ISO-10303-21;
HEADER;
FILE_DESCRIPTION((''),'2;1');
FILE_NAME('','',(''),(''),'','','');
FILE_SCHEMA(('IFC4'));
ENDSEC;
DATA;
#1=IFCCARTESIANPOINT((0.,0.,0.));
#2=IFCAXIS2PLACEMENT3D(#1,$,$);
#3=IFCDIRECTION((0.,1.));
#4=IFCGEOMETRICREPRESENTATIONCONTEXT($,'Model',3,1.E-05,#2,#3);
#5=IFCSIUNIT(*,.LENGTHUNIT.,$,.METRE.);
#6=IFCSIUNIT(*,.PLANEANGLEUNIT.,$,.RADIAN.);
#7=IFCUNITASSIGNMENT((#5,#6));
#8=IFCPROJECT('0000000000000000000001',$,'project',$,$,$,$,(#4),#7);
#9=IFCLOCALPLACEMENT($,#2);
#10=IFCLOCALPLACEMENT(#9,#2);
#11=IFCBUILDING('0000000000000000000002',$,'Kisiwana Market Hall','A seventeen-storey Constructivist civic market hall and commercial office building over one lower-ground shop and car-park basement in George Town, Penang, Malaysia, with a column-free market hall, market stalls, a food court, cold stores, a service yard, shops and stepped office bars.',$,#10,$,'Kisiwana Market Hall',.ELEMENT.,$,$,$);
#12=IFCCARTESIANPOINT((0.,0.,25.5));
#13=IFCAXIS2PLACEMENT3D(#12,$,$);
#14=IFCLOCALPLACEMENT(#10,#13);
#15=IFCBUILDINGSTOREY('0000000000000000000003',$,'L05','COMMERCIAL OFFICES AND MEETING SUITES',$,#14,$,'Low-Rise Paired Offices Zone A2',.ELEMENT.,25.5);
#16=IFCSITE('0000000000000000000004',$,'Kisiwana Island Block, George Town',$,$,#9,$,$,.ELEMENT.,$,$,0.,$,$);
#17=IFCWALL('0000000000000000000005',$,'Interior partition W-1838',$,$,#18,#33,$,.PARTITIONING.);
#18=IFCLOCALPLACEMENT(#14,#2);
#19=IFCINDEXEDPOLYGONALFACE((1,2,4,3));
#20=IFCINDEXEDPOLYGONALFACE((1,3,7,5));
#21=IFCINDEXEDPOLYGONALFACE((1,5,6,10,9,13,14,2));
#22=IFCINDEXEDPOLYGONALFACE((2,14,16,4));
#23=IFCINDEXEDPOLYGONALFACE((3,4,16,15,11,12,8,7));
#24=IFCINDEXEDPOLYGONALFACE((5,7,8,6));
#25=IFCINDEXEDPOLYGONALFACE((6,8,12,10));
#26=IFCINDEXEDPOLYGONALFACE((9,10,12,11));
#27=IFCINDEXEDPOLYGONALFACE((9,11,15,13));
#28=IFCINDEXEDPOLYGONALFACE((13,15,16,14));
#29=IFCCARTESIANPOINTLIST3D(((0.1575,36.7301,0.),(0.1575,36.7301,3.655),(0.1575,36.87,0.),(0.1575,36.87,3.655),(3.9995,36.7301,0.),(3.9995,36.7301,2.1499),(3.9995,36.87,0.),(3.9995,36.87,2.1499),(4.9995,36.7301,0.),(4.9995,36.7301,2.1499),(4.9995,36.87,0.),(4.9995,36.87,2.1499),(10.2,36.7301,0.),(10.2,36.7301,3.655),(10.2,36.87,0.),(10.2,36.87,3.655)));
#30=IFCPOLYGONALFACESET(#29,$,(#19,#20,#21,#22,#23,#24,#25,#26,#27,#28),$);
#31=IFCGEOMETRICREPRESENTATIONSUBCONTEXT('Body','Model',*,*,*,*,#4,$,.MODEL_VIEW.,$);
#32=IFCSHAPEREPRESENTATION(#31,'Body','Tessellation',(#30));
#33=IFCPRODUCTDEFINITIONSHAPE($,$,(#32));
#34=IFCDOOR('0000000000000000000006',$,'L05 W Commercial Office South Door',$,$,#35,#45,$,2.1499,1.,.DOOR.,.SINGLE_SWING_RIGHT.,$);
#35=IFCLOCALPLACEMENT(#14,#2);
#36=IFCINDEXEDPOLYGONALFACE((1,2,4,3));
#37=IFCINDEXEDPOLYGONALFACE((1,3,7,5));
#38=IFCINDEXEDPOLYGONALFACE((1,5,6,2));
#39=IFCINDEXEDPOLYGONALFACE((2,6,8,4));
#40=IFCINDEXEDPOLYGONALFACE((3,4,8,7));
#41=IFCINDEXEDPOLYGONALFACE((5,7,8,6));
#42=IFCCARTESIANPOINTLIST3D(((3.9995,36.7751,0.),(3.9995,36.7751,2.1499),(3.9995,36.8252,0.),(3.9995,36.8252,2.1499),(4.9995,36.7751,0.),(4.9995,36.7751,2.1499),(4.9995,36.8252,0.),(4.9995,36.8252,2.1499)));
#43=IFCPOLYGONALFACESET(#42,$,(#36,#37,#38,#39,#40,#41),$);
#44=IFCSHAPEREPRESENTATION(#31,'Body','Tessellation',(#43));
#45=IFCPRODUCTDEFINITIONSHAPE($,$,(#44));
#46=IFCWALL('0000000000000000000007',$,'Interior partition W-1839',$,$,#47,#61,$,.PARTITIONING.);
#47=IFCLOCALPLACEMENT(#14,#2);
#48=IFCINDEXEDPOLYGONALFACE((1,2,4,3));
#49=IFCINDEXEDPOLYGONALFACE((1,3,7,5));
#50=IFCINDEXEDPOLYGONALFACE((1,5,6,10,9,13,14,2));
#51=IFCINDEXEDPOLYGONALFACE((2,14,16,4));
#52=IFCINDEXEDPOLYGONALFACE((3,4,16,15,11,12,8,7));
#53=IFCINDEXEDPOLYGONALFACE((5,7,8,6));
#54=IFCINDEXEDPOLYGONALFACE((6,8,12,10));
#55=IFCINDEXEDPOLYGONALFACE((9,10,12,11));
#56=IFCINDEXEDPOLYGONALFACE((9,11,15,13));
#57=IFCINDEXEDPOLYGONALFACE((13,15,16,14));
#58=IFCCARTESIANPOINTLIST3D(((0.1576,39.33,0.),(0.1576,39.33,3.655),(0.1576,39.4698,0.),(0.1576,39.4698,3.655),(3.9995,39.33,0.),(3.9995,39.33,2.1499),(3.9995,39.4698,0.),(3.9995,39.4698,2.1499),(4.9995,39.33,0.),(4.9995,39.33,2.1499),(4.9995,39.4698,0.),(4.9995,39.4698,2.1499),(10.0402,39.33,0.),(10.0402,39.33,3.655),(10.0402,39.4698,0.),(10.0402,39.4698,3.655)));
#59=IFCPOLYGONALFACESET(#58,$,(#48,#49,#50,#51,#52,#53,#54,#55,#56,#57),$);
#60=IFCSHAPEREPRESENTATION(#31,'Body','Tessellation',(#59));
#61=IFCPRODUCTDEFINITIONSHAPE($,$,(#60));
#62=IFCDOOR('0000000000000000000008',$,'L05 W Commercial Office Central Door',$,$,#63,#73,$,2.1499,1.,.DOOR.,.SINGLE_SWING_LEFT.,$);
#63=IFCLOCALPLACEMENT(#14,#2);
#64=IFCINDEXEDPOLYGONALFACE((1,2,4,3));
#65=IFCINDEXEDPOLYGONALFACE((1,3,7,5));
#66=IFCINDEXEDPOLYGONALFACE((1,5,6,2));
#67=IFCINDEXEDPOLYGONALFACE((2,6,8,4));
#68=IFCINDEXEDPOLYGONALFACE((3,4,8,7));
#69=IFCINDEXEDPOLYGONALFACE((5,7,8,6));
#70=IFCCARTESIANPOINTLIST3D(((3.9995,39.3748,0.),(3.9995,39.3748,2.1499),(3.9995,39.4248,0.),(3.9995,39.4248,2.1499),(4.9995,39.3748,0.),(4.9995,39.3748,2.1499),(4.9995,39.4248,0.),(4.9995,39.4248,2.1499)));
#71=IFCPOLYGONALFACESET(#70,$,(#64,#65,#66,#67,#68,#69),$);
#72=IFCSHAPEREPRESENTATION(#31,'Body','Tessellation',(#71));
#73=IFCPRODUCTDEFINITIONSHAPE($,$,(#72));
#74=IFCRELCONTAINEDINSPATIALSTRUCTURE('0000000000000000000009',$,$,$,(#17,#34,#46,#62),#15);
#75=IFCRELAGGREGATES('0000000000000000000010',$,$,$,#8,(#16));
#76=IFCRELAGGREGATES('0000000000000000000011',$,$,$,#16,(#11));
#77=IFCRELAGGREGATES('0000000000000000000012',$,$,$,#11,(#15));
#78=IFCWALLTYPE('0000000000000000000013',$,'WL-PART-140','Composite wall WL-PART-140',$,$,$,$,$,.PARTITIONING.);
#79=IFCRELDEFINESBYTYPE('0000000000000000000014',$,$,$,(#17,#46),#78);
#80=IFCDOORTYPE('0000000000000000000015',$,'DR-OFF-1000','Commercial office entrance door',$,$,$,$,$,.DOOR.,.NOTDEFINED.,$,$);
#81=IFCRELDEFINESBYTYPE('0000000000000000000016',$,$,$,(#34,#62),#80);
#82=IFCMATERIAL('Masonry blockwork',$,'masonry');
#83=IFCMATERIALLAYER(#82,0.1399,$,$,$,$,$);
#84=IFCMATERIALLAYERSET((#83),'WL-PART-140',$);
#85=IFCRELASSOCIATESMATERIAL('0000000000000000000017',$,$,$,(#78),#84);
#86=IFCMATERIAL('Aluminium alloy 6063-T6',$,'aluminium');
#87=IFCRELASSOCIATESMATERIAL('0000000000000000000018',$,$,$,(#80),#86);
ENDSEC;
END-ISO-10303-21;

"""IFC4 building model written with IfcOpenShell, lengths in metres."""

from ifc_helpers import new_model, si_unit, direction, frame, frame_2d, origin, place, context, subcontext, project, spatial, rectangle, extrude, material, layer, layer_set, type_object, element, fill, save


model = new_model("IFC4")

# Units and contexts
model_context = context("Model", 3, precision=1e-05, world=origin(), true_north=direction((0.0, 1.0)))
body_context = subcontext(model_context, "Body", "Model", "MODEL_VIEW")
ifc_project = project(units=[si_unit("LENGTHUNIT", "METRE"), si_unit("PLANEANGLEUNIT", "RADIAN")], contexts=[model_context])

# Site, building, storey
site_placement = place(None, origin())
site = spatial("IfcSite", under=ifc_project, at=site_placement, Name="Kisiwana Island Block, George Town", CompositionType="ELEMENT", RefElevation=0.0)
building_placement = place(site_placement, origin())
building = spatial("IfcBuilding", under=site, at=building_placement, Name="Kisiwana Market Hall", Description="A seventeen-storey Constructivist civic market hall and commercial office building over one lower-ground shop and car-park basement in George Town, Penang, Malaysia, with a column-free market hall, market stalls, a food court, cold stores, a service yard, shops and stepped office bars.", LongName="Kisiwana Market Hall", CompositionType="ELEMENT")
storey_placement = place(building_placement, frame((0.0, 0.0, 25.5)))
storey = spatial("IfcBuildingStorey", under=building, at=storey_placement, Name="L05", Description="COMMERCIAL OFFICES AND MEETING SUITES", LongName="Low-Rise Paired Offices Zone A2", CompositionType="ELEMENT", Elevation=25.5)

# Shared definitions
ifc_material_1 = material(Name="Masonry blockwork", Category="masonry")
ifc_layer_1 = layer(ifc_material_1, 0.1399)
ifc_layer_set_1 = layer_set([ifc_layer_1], Name="WL-PART-140")
wall_type_1 = type_object("IfcWallType", Name="WL-PART-140", Description="Composite wall WL-PART-140", PredefinedType="PARTITIONING", material=ifc_layer_set_1)

# Walls, openings, doors
wall_1_placement = place(storey_placement, frame((0.1575, 36.8, 0.0), z_axis=(0.0, 0.0, 1.0), x_axis=(1.0, 0.0, 0.0)))
wall_1 = element("IfcWall", 1, at=wall_1_placement, inside=storey, type_object=wall_type_1, Name="Interior partition W-1838", PredefinedType="PARTITIONING", context=body_context, shape_type="SweptSolid", body=[
    extrude(rectangle(XDim=10.0425, YDim=0.1399, at=frame_2d((5.0212, 0.0))), origin(), (0.0, 0.0, 1.0), 3.655),
])
opening_1_placement = place(wall_1_placement, frame((3.842, 0.0, 0.0)))
opening_1 = element("IfcOpeningElement", 2, at=opening_1_placement, cuts=wall_1, PredefinedType="OPENING", context=body_context, shape_type="SweptSolid", body=[
    extrude(rectangle(XDim=1.0, YDim=2.1499, at=frame_2d((0.5, 1.075))), frame((0.0, 0.082, 0.0), z_axis=(0.0, -1.0, 0.0), x_axis=(1.0, 0.0, 0.0)), (0.0, 0.0, 1.0), 0.1638),
])
ifc_material_2 = material(Name="Aluminium alloy 6063-T6", Category="aluminium")
door_type = type_object("IfcDoorType", Name="DR-OFF-1000", Description="Commercial office entrance door", OperationType="NOTDEFINED", PredefinedType="DOOR", material=ifc_material_2)
door_1_placement = place(opening_1_placement, frame((1.0, 0.0, 0.0), z_axis=(0.0, 0.0, 1.0), x_axis=(-1.0, 0.0, 0.0)))
door_1 = element("IfcDoor", 3, at=door_1_placement, inside=storey, type_object=door_type, Name="L05 W Commercial Office South Door", OperationType="SINGLE_SWING_RIGHT", OverallHeight=2.1499, OverallWidth=1.0, PredefinedType="DOOR", context=body_context, shape_type="SweptSolid", body=[
    extrude(rectangle(XDim=1.0, YDim=2.1499, at=frame_2d((0.5, 1.075))), frame((0.0, 0.0249, 0.0), z_axis=(0.0, -1.0, 0.0), x_axis=(1.0, 0.0, 0.0)), (0.0, 0.0, 1.0), 0.05),
])
fill(opening_1, door_1)
wall_2_placement = place(storey_placement, frame((0.1575, 39.3999, 0.0), z_axis=(0.0, 0.0, 1.0), x_axis=(1.0, 0.0, 0.0)))
wall_2 = element("IfcWall", 4, at=wall_2_placement, inside=storey, type_object=wall_type_1, Name="Interior partition W-1839", PredefinedType="PARTITIONING", context=body_context, shape_type="SweptSolid", body=[
    extrude(rectangle(XDim=9.8826, YDim=0.1399, at=frame_2d((4.9414, 0.0))), origin(), (0.0, 0.0, 1.0), 3.655),
])
opening_2_placement = place(wall_2_placement, frame((3.842, 0.0, 0.0)))
opening_2 = element("IfcOpeningElement", 5, at=opening_2_placement, cuts=wall_2, PredefinedType="OPENING", context=body_context, shape_type="SweptSolid", body=[
    extrude(rectangle(XDim=1.0, YDim=2.1499, at=frame_2d((0.5, 1.075))), frame((0.0, 0.082, 0.0), z_axis=(0.0, -1.0, 0.0), x_axis=(1.0, 0.0, 0.0)), (0.0, 0.0, 1.0), 0.1638),
])
door_2_placement = place(opening_2_placement, origin())
door_2 = element("IfcDoor", 6, at=door_2_placement, inside=storey, type_object=door_type, Name="L05 W Commercial Office Central Door", OperationType="SINGLE_SWING_LEFT", OverallHeight=2.1499, OverallWidth=1.0, PredefinedType="DOOR", context=body_context, shape_type="SweptSolid", body=[
    extrude(rectangle(XDim=1.0, YDim=2.1499, at=frame_2d((0.5, 1.075))), frame((0.0, 0.0249, 0.0), z_axis=(0.0, -1.0, 0.0), x_axis=(1.0, 0.0, 0.0)), (0.0, 0.0, 1.0), 0.05),
])
fill(opening_2, door_2)

save(model, "model.ifc")
